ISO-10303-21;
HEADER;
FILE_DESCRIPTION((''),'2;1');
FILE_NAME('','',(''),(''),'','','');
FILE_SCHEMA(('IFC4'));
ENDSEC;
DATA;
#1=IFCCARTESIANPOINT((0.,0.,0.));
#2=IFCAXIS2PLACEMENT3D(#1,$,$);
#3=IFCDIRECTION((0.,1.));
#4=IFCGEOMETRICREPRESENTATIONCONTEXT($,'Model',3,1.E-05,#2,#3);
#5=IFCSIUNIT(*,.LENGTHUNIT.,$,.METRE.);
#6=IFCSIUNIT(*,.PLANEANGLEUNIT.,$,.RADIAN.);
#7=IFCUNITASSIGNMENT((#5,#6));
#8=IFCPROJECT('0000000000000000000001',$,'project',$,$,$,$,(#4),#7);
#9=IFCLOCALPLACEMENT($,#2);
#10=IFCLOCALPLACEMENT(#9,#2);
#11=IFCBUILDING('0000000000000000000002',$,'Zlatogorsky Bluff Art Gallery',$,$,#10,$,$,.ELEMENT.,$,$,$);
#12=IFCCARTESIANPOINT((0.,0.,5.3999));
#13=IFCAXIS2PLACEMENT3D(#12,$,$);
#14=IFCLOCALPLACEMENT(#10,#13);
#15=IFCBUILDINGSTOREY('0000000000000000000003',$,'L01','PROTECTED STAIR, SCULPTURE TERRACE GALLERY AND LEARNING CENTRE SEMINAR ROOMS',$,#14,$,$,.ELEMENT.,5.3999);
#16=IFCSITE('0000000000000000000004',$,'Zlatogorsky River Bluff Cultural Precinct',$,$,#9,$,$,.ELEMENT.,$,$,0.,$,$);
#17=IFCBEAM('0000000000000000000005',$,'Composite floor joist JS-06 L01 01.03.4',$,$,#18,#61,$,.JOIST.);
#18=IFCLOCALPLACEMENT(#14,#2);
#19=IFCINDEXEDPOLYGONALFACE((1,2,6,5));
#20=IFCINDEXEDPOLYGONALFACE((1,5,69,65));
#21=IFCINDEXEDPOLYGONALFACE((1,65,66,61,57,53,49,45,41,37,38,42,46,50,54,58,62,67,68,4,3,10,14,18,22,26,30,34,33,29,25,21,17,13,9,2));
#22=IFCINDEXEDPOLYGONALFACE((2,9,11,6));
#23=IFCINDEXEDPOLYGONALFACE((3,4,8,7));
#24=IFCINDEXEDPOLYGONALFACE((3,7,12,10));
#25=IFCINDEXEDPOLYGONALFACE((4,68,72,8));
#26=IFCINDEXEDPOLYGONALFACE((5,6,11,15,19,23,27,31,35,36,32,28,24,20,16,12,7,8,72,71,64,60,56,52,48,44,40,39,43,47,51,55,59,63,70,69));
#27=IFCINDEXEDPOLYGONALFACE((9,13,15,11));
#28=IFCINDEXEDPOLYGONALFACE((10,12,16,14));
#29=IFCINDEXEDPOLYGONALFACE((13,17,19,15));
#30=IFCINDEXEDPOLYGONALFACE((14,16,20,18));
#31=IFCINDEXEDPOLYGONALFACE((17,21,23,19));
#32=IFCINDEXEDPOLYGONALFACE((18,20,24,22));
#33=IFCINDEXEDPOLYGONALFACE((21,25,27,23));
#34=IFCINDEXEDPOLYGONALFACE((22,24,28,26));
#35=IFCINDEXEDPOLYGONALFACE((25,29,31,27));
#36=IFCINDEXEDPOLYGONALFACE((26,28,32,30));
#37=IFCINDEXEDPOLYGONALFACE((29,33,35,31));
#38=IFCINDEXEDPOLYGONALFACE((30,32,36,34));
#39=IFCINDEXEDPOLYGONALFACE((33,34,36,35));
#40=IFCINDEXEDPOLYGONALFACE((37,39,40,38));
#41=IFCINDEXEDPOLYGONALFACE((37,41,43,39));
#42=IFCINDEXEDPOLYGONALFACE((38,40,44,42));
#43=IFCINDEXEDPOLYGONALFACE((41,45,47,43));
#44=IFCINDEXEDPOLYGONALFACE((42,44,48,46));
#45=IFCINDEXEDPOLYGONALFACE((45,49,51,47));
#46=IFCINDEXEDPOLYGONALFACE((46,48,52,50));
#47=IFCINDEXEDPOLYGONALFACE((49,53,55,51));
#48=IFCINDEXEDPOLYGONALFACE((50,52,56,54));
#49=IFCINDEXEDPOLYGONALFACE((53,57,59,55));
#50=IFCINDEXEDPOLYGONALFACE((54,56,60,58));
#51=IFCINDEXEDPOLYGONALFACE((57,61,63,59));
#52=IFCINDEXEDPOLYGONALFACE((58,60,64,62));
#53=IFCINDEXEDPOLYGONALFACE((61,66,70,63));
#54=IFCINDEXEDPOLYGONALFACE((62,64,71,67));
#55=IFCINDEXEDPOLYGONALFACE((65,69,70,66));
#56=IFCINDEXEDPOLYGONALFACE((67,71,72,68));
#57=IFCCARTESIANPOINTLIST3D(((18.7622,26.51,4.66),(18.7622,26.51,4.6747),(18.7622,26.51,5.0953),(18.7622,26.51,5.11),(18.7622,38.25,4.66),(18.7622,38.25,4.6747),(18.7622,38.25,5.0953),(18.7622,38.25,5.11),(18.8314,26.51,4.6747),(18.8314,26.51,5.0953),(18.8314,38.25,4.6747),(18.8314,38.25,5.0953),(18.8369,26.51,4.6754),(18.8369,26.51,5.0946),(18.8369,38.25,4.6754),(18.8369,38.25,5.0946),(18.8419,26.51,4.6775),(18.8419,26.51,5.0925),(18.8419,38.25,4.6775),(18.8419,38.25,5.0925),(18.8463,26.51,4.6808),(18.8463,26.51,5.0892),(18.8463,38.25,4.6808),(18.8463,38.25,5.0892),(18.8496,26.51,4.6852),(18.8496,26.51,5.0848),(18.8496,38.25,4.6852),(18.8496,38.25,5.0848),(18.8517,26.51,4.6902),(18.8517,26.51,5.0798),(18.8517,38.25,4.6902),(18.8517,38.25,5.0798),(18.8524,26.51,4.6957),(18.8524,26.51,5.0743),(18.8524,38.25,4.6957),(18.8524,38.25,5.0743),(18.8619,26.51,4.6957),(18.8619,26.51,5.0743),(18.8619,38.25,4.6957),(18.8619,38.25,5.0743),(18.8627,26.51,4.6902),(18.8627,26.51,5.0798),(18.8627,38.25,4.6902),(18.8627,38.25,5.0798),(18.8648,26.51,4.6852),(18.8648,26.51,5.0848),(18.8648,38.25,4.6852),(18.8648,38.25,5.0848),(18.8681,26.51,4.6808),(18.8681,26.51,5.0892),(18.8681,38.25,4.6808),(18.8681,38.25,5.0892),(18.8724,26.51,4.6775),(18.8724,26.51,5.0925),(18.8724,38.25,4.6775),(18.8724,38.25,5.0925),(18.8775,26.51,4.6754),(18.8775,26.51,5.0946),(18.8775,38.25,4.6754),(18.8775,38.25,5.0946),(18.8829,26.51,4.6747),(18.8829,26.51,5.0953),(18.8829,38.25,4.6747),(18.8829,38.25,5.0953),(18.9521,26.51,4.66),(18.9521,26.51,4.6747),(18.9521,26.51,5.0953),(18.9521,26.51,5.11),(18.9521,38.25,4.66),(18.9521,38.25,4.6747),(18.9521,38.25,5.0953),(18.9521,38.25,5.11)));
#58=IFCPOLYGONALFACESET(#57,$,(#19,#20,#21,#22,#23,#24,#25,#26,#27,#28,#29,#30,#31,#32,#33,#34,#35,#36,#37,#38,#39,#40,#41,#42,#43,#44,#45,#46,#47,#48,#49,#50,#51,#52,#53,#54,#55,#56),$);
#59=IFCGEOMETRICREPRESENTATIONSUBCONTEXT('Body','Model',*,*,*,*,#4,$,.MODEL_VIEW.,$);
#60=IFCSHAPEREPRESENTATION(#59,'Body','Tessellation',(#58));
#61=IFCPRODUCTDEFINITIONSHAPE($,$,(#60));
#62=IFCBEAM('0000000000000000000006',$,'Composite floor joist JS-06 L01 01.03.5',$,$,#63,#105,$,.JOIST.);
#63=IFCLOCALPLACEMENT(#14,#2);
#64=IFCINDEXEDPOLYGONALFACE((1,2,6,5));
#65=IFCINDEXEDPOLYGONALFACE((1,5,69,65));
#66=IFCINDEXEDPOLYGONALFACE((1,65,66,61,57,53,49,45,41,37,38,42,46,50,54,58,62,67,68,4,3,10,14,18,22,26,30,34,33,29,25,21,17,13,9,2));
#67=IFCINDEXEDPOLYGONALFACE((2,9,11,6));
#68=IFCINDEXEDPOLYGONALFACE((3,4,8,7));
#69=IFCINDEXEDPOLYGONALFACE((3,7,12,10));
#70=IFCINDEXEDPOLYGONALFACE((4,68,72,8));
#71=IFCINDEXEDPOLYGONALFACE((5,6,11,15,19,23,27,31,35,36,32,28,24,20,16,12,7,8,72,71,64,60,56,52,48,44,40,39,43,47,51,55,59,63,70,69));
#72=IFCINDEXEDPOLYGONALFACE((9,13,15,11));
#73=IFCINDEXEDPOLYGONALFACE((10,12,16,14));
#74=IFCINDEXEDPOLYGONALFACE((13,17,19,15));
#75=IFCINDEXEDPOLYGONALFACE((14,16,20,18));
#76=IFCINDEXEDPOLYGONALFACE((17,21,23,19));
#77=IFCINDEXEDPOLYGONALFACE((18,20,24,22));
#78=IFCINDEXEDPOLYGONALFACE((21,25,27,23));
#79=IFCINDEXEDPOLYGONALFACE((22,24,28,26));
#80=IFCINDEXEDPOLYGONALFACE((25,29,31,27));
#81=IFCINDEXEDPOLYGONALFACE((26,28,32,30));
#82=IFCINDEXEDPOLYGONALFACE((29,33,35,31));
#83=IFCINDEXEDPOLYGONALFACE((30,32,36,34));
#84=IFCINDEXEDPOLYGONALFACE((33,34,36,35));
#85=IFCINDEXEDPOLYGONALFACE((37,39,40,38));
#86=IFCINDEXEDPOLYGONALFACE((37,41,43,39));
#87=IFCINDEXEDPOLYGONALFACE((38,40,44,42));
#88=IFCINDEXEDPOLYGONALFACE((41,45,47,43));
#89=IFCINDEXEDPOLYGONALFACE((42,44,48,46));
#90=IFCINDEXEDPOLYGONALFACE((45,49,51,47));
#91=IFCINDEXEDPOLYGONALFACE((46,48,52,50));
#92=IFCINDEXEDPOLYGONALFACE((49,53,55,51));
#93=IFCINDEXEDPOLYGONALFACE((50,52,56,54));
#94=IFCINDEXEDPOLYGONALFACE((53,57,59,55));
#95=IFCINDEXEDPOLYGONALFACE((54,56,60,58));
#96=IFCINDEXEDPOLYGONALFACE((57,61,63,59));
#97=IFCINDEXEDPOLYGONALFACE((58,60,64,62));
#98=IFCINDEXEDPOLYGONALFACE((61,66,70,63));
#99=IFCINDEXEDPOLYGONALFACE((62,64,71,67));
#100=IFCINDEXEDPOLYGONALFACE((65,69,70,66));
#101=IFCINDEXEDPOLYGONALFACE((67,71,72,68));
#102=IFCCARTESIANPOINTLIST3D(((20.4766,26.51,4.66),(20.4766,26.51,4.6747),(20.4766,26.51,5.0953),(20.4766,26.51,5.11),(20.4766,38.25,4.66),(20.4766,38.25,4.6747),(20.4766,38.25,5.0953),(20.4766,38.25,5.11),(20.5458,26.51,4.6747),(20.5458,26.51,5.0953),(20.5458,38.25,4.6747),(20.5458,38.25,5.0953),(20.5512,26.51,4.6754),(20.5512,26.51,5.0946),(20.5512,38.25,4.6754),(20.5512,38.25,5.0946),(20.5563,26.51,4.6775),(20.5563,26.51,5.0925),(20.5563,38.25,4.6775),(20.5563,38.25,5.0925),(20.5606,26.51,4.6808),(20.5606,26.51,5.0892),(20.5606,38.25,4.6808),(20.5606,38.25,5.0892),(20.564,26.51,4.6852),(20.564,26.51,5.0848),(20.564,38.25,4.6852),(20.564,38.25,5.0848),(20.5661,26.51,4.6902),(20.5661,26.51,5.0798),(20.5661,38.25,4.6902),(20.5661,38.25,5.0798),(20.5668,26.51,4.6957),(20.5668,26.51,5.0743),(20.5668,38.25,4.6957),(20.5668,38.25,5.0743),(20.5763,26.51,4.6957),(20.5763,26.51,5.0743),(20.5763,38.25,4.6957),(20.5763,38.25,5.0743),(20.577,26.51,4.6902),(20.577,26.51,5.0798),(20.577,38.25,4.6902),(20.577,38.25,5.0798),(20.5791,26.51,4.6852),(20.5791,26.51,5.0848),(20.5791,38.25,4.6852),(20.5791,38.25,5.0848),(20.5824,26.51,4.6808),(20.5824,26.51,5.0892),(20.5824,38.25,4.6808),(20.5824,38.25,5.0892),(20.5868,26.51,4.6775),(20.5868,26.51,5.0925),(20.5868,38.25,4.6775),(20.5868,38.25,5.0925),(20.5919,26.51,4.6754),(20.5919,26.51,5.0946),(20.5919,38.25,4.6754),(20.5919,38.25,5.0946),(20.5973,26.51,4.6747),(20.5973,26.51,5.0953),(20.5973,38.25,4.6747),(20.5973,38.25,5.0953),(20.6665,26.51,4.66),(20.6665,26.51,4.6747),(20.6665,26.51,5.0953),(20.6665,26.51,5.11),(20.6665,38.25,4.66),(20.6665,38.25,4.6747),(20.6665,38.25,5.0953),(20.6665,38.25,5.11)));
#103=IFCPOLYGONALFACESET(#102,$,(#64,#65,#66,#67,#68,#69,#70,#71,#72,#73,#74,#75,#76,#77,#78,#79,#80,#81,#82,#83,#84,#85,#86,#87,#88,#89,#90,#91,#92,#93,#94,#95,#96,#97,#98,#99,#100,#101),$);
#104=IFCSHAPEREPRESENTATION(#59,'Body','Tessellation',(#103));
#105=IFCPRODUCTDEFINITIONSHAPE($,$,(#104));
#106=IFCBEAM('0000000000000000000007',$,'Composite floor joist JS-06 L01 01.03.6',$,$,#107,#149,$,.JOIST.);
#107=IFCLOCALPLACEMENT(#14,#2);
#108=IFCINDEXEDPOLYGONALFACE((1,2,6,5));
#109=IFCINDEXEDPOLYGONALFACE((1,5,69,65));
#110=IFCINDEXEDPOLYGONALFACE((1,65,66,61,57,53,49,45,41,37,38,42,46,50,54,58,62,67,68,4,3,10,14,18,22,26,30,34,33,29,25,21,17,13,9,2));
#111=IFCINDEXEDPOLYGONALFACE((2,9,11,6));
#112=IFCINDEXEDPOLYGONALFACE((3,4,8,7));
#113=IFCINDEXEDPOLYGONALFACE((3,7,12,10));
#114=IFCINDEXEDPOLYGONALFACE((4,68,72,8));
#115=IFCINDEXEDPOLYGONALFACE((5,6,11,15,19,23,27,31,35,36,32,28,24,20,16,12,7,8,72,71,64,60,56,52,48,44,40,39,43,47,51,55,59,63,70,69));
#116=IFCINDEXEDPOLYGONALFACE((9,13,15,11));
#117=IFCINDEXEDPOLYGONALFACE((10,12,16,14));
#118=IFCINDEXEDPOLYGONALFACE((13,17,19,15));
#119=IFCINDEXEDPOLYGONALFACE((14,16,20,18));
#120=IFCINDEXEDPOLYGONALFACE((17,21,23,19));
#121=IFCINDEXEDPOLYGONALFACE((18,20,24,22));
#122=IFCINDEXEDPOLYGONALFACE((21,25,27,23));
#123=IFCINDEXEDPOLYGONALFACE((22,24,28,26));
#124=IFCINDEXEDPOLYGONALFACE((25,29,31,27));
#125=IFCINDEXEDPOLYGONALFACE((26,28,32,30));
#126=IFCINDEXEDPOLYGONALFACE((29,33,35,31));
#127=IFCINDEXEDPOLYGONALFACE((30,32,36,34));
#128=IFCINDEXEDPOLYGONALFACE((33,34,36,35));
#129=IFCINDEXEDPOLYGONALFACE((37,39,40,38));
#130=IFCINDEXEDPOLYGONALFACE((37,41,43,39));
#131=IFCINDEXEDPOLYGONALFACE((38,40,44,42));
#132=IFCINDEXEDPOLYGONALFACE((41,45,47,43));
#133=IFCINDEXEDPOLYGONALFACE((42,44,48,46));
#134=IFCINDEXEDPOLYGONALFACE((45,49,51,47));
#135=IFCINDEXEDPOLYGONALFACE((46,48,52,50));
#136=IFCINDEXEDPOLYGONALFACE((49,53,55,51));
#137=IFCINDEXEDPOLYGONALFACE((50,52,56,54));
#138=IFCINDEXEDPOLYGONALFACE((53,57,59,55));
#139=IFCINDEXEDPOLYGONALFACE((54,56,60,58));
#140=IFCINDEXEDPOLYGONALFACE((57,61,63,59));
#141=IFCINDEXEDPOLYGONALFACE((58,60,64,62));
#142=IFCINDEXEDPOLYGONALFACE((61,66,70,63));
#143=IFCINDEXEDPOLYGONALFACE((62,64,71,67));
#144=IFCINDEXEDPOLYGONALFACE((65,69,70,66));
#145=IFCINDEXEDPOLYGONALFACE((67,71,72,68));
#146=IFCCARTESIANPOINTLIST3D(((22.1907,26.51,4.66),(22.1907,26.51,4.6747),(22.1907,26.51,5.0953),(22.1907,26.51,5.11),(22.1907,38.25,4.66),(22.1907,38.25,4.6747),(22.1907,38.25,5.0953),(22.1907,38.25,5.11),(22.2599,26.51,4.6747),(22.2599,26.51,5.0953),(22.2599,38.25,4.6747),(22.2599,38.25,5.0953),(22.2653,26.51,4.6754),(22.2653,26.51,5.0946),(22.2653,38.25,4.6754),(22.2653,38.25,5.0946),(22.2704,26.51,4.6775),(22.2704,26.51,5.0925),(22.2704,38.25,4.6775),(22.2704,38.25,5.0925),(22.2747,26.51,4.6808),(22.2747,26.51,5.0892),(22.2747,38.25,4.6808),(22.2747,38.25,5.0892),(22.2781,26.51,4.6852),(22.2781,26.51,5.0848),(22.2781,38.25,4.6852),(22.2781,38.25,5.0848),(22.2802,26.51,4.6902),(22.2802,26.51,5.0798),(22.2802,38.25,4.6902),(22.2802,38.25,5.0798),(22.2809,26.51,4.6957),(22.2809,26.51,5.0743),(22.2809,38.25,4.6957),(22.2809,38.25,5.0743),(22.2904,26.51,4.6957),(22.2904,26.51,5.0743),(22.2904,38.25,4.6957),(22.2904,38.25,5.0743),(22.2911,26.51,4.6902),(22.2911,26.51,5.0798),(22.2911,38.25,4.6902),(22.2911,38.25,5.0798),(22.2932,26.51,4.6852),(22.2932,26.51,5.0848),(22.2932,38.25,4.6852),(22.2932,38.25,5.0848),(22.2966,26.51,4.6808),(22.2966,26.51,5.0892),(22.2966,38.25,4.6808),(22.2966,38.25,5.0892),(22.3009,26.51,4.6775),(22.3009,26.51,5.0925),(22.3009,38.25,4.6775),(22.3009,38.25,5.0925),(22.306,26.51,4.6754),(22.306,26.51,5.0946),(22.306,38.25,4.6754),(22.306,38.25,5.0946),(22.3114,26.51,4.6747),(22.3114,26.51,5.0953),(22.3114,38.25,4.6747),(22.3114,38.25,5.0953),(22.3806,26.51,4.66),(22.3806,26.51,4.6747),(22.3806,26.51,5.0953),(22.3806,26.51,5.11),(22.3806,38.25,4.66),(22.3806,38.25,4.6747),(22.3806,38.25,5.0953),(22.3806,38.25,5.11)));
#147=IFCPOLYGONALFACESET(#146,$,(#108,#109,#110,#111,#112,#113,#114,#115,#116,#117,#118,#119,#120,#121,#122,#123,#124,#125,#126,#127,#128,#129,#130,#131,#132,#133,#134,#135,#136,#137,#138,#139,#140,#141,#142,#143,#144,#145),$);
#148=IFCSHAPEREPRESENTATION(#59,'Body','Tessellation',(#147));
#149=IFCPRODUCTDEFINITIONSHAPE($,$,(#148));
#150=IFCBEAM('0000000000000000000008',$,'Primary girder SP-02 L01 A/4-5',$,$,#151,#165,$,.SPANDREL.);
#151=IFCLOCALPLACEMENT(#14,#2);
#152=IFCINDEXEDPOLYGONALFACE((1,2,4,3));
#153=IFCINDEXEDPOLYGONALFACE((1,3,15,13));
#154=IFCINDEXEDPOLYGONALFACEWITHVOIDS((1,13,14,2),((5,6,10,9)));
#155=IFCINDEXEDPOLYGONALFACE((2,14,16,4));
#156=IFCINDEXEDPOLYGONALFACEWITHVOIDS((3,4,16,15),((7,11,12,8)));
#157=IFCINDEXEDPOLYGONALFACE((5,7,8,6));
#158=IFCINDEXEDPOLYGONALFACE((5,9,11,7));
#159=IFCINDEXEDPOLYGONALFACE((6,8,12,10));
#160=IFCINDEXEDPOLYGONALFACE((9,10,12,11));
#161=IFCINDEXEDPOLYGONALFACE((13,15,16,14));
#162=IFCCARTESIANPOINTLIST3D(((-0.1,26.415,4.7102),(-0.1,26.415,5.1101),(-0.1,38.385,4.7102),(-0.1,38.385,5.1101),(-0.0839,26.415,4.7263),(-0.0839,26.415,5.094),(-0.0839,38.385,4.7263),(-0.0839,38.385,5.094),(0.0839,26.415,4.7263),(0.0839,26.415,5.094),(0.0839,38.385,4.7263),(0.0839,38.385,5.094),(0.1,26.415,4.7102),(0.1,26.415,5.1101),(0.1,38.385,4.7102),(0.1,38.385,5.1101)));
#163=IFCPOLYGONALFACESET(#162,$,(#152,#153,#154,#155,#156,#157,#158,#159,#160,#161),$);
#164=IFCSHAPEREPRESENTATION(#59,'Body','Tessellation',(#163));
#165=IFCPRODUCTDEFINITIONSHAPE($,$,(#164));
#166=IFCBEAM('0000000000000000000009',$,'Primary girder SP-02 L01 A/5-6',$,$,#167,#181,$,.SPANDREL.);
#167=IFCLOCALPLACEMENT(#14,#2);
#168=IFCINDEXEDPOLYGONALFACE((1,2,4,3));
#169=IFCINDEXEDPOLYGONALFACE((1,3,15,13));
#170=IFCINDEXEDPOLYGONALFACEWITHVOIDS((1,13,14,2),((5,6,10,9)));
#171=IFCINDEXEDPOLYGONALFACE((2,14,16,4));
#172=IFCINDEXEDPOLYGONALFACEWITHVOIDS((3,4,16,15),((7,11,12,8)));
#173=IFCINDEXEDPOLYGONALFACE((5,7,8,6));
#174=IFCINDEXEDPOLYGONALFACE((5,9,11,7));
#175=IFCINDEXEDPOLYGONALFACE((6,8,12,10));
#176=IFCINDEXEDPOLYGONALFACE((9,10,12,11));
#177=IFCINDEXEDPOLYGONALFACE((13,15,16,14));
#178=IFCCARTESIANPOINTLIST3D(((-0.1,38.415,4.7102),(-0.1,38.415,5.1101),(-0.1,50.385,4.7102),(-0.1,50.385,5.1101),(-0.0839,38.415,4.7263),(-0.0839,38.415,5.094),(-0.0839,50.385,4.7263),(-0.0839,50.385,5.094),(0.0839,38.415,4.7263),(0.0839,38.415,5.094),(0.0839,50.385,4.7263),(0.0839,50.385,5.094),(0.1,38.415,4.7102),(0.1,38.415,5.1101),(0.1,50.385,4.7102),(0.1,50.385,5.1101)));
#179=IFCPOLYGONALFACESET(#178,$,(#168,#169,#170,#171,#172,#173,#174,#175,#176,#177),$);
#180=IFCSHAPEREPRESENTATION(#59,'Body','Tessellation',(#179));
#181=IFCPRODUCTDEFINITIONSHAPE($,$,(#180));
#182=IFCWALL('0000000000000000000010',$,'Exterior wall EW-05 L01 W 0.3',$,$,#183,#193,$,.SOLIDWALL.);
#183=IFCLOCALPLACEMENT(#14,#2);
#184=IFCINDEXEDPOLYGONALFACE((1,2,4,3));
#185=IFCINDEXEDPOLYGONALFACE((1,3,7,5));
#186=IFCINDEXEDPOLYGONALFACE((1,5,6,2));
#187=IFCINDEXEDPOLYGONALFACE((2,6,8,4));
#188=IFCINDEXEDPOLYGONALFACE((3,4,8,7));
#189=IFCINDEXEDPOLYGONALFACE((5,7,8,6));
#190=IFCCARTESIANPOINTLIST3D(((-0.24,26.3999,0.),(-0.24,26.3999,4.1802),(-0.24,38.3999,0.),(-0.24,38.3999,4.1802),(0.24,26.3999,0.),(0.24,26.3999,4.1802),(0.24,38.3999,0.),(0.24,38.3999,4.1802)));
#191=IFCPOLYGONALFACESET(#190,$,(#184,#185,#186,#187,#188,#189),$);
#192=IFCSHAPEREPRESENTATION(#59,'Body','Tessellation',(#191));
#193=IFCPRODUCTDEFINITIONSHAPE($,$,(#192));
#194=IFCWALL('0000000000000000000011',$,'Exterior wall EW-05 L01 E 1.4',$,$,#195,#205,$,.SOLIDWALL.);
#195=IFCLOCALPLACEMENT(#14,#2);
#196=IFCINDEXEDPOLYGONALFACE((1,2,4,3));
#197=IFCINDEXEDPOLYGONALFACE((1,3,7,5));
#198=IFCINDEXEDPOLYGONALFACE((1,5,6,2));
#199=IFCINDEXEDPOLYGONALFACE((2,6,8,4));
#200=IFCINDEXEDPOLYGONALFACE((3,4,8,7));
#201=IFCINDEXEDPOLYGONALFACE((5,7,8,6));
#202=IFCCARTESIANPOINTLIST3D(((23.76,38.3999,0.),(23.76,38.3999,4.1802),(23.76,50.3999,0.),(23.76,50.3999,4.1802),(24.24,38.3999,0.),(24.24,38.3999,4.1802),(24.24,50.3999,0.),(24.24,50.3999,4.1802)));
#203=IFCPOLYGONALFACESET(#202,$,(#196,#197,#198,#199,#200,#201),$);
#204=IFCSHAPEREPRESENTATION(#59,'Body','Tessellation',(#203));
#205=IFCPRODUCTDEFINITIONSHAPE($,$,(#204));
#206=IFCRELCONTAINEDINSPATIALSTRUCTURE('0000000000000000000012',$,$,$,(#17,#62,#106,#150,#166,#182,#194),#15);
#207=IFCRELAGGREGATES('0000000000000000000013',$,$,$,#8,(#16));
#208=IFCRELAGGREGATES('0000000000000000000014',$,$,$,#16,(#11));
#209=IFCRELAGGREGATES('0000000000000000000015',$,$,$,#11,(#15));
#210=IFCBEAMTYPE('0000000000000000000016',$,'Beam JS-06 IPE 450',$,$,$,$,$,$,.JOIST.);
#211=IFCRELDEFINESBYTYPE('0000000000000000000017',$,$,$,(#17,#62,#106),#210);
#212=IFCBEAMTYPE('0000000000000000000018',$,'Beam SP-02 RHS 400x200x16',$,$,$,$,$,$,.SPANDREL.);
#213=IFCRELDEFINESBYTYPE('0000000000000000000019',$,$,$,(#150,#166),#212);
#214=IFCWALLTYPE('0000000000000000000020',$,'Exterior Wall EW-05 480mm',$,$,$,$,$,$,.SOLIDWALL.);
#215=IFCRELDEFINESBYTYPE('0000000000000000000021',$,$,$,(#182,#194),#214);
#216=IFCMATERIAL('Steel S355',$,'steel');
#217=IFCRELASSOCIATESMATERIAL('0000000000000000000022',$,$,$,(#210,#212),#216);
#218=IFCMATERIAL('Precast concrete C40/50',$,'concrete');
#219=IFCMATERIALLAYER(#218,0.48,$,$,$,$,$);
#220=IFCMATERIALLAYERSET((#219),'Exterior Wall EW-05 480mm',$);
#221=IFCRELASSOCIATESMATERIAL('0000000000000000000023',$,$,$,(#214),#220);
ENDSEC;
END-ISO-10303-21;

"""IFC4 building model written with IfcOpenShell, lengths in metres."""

from ifc_helpers import new_model, si_unit, direction, frame, frame_2d, origin, origin_2d, place, context, subcontext, project, spatial, rectangle, hollow_rectangle, i_section, extrude, material, layer, layer_set, material_profile, profile_set, type_object, element, save


model = new_model("IFC4")

# Units and contexts
model_context = context("Model", 3, precision=1e-05, world=origin(), true_north=direction((0.0, 1.0)))
body_context = subcontext(model_context, "Body", "Model", "MODEL_VIEW")
ifc_project = project(units=[si_unit("LENGTHUNIT", "METRE"), si_unit("PLANEANGLEUNIT", "RADIAN")], contexts=[model_context])

# Site, building, storey
site_placement = place(None, origin())
site = spatial("IfcSite", under=ifc_project, at=site_placement, Name="Zlatogorsky River Bluff Cultural Precinct", CompositionType="ELEMENT", RefElevation=0.0)
building_placement = place(site_placement, origin())
building = spatial("IfcBuilding", under=site, at=building_placement, Name="Zlatogorsky Bluff Art Gallery", CompositionType="ELEMENT")
storey_placement = place(building_placement, frame((0.0, 0.0, 5.3999)))
storey = spatial("IfcBuildingStorey", under=building, at=storey_placement, Name="L01", Description="PROTECTED STAIR, SCULPTURE TERRACE GALLERY AND LEARNING CENTRE SEMINAR ROOMS", CompositionType="ELEMENT", Elevation=5.3999)

# Shared definitions
ifc_material_1 = material(Name="Steel S355", Category="steel")

# Beams
ifc_material_profile_1 = material_profile(ifc_material_1, i_section(OverallWidth=0.1899, OverallDepth=0.45, WebThickness=0.0095, FlangeThickness=0.0146, FilletRadius=0.021, at=origin_2d()), Name="IPE 450")
ifc_profile_set_1 = profile_set([ifc_material_profile_1], Name="Steel S355")
beam_type_1 = type_object("IfcBeamType", Name="Beam JS-06 IPE 450", PredefinedType="JOIST", material=ifc_profile_set_1)
for number, where, z_axis, x_axis, name in (
    (1, (18.8572, 26.51, 4.885), (0.0, 1.0, 0.0), (-1.0, 0.0, 0.0), "Composite floor joist JS-06 L01 01.03.4"),
    (2, (20.5715, 26.51, 4.885), (0.0, 1.0, 0.0), (-1.0, 0.0, 0.0), "Composite floor joist JS-06 L01 01.03.5"),
    (3, (22.2856, 26.51, 4.885), (0.0, 1.0, 0.0), (-1.0, 0.0, 0.0), "Composite floor joist JS-06 L01 01.03.6"),
):
    element("IfcBeam", number, at=place(storey_placement, frame(where, z_axis=z_axis, x_axis=x_axis)), inside=storey, type_object=beam_type_1, Name=name, PredefinedType="JOIST", context=body_context, shape_type="SweptSolid", body=[
        extrude(i_section(OverallWidth=0.1899, OverallDepth=0.45, WebThickness=0.0095, FlangeThickness=0.0146, FilletRadius=0.021, at=origin_2d()), origin(), (0.0, 0.0, 1.0), 11.74),
    ])
ifc_material_profile_2 = material_profile(ifc_material_1, hollow_rectangle(XDim=0.2, YDim=0.3999, WallThickness=0.0161, at=origin_2d()), Name="RHS 400x200x16")
ifc_profile_set_2 = profile_set([ifc_material_profile_2], Name="Steel S355")
beam_type_2 = type_object("IfcBeamType", Name="Beam SP-02 RHS 400x200x16", PredefinedType="SPANDREL", material=ifc_profile_set_2)
for number, where, z_axis, x_axis, name in (
    (4, (0.0, 26.415, 4.9102), (0.0, 1.0, 0.0), (-1.0, 0.0, 0.0), "Primary girder SP-02 L01 A/4-5"),
    (5, (0.0, 38.415, 4.9102), (0.0, 1.0, 0.0), (-1.0, 0.0, 0.0), "Primary girder SP-02 L01 A/5-6"),
):
    element("IfcBeam", number, at=place(storey_placement, frame(where, z_axis=z_axis, x_axis=x_axis)), inside=storey, type_object=beam_type_2, Name=name, PredefinedType="SPANDREL", context=body_context, shape_type="SweptSolid", body=[
        extrude(hollow_rectangle(XDim=0.2, YDim=0.3999, WallThickness=0.0161, at=origin_2d()), origin(), (0.0, 0.0, 1.0), 11.97),
    ])

# Walls
ifc_material_2 = material(Name="Precast concrete C40/50", Category="concrete")
ifc_layer = layer(ifc_material_2, 0.48)
ifc_layer_set = layer_set([ifc_layer], Name="Exterior Wall EW-05 480mm")
wall_type = type_object("IfcWallType", Name="Exterior Wall EW-05 480mm", PredefinedType="SOLIDWALL", material=ifc_layer_set)
for number, where, z_axis, x_axis, name in (
    (6, (0.0, 38.3999, 0.0), (0.0, 0.0, 1.0), (0.0, -1.0, 0.0), "Exterior wall EW-05 L01 W 0.3"),
    (7, (24.0, 38.3999, 0.0), (0.0, 0.0, 1.0), (0.0, 1.0, 0.0), "Exterior wall EW-05 L01 E 1.4"),
):
    element("IfcWall", number, at=place(storey_placement, frame(where, z_axis=z_axis, x_axis=x_axis)), inside=storey, type_object=wall_type, Name=name, PredefinedType="SOLIDWALL", context=body_context, shape_type="SweptSolid", body=[
        extrude(rectangle(XDim=12.0, YDim=0.48, at=frame_2d((6.0, 0.0))), origin(), (0.0, 0.0, 1.0), 4.1802),
    ])

save(model, "model.ifc")
